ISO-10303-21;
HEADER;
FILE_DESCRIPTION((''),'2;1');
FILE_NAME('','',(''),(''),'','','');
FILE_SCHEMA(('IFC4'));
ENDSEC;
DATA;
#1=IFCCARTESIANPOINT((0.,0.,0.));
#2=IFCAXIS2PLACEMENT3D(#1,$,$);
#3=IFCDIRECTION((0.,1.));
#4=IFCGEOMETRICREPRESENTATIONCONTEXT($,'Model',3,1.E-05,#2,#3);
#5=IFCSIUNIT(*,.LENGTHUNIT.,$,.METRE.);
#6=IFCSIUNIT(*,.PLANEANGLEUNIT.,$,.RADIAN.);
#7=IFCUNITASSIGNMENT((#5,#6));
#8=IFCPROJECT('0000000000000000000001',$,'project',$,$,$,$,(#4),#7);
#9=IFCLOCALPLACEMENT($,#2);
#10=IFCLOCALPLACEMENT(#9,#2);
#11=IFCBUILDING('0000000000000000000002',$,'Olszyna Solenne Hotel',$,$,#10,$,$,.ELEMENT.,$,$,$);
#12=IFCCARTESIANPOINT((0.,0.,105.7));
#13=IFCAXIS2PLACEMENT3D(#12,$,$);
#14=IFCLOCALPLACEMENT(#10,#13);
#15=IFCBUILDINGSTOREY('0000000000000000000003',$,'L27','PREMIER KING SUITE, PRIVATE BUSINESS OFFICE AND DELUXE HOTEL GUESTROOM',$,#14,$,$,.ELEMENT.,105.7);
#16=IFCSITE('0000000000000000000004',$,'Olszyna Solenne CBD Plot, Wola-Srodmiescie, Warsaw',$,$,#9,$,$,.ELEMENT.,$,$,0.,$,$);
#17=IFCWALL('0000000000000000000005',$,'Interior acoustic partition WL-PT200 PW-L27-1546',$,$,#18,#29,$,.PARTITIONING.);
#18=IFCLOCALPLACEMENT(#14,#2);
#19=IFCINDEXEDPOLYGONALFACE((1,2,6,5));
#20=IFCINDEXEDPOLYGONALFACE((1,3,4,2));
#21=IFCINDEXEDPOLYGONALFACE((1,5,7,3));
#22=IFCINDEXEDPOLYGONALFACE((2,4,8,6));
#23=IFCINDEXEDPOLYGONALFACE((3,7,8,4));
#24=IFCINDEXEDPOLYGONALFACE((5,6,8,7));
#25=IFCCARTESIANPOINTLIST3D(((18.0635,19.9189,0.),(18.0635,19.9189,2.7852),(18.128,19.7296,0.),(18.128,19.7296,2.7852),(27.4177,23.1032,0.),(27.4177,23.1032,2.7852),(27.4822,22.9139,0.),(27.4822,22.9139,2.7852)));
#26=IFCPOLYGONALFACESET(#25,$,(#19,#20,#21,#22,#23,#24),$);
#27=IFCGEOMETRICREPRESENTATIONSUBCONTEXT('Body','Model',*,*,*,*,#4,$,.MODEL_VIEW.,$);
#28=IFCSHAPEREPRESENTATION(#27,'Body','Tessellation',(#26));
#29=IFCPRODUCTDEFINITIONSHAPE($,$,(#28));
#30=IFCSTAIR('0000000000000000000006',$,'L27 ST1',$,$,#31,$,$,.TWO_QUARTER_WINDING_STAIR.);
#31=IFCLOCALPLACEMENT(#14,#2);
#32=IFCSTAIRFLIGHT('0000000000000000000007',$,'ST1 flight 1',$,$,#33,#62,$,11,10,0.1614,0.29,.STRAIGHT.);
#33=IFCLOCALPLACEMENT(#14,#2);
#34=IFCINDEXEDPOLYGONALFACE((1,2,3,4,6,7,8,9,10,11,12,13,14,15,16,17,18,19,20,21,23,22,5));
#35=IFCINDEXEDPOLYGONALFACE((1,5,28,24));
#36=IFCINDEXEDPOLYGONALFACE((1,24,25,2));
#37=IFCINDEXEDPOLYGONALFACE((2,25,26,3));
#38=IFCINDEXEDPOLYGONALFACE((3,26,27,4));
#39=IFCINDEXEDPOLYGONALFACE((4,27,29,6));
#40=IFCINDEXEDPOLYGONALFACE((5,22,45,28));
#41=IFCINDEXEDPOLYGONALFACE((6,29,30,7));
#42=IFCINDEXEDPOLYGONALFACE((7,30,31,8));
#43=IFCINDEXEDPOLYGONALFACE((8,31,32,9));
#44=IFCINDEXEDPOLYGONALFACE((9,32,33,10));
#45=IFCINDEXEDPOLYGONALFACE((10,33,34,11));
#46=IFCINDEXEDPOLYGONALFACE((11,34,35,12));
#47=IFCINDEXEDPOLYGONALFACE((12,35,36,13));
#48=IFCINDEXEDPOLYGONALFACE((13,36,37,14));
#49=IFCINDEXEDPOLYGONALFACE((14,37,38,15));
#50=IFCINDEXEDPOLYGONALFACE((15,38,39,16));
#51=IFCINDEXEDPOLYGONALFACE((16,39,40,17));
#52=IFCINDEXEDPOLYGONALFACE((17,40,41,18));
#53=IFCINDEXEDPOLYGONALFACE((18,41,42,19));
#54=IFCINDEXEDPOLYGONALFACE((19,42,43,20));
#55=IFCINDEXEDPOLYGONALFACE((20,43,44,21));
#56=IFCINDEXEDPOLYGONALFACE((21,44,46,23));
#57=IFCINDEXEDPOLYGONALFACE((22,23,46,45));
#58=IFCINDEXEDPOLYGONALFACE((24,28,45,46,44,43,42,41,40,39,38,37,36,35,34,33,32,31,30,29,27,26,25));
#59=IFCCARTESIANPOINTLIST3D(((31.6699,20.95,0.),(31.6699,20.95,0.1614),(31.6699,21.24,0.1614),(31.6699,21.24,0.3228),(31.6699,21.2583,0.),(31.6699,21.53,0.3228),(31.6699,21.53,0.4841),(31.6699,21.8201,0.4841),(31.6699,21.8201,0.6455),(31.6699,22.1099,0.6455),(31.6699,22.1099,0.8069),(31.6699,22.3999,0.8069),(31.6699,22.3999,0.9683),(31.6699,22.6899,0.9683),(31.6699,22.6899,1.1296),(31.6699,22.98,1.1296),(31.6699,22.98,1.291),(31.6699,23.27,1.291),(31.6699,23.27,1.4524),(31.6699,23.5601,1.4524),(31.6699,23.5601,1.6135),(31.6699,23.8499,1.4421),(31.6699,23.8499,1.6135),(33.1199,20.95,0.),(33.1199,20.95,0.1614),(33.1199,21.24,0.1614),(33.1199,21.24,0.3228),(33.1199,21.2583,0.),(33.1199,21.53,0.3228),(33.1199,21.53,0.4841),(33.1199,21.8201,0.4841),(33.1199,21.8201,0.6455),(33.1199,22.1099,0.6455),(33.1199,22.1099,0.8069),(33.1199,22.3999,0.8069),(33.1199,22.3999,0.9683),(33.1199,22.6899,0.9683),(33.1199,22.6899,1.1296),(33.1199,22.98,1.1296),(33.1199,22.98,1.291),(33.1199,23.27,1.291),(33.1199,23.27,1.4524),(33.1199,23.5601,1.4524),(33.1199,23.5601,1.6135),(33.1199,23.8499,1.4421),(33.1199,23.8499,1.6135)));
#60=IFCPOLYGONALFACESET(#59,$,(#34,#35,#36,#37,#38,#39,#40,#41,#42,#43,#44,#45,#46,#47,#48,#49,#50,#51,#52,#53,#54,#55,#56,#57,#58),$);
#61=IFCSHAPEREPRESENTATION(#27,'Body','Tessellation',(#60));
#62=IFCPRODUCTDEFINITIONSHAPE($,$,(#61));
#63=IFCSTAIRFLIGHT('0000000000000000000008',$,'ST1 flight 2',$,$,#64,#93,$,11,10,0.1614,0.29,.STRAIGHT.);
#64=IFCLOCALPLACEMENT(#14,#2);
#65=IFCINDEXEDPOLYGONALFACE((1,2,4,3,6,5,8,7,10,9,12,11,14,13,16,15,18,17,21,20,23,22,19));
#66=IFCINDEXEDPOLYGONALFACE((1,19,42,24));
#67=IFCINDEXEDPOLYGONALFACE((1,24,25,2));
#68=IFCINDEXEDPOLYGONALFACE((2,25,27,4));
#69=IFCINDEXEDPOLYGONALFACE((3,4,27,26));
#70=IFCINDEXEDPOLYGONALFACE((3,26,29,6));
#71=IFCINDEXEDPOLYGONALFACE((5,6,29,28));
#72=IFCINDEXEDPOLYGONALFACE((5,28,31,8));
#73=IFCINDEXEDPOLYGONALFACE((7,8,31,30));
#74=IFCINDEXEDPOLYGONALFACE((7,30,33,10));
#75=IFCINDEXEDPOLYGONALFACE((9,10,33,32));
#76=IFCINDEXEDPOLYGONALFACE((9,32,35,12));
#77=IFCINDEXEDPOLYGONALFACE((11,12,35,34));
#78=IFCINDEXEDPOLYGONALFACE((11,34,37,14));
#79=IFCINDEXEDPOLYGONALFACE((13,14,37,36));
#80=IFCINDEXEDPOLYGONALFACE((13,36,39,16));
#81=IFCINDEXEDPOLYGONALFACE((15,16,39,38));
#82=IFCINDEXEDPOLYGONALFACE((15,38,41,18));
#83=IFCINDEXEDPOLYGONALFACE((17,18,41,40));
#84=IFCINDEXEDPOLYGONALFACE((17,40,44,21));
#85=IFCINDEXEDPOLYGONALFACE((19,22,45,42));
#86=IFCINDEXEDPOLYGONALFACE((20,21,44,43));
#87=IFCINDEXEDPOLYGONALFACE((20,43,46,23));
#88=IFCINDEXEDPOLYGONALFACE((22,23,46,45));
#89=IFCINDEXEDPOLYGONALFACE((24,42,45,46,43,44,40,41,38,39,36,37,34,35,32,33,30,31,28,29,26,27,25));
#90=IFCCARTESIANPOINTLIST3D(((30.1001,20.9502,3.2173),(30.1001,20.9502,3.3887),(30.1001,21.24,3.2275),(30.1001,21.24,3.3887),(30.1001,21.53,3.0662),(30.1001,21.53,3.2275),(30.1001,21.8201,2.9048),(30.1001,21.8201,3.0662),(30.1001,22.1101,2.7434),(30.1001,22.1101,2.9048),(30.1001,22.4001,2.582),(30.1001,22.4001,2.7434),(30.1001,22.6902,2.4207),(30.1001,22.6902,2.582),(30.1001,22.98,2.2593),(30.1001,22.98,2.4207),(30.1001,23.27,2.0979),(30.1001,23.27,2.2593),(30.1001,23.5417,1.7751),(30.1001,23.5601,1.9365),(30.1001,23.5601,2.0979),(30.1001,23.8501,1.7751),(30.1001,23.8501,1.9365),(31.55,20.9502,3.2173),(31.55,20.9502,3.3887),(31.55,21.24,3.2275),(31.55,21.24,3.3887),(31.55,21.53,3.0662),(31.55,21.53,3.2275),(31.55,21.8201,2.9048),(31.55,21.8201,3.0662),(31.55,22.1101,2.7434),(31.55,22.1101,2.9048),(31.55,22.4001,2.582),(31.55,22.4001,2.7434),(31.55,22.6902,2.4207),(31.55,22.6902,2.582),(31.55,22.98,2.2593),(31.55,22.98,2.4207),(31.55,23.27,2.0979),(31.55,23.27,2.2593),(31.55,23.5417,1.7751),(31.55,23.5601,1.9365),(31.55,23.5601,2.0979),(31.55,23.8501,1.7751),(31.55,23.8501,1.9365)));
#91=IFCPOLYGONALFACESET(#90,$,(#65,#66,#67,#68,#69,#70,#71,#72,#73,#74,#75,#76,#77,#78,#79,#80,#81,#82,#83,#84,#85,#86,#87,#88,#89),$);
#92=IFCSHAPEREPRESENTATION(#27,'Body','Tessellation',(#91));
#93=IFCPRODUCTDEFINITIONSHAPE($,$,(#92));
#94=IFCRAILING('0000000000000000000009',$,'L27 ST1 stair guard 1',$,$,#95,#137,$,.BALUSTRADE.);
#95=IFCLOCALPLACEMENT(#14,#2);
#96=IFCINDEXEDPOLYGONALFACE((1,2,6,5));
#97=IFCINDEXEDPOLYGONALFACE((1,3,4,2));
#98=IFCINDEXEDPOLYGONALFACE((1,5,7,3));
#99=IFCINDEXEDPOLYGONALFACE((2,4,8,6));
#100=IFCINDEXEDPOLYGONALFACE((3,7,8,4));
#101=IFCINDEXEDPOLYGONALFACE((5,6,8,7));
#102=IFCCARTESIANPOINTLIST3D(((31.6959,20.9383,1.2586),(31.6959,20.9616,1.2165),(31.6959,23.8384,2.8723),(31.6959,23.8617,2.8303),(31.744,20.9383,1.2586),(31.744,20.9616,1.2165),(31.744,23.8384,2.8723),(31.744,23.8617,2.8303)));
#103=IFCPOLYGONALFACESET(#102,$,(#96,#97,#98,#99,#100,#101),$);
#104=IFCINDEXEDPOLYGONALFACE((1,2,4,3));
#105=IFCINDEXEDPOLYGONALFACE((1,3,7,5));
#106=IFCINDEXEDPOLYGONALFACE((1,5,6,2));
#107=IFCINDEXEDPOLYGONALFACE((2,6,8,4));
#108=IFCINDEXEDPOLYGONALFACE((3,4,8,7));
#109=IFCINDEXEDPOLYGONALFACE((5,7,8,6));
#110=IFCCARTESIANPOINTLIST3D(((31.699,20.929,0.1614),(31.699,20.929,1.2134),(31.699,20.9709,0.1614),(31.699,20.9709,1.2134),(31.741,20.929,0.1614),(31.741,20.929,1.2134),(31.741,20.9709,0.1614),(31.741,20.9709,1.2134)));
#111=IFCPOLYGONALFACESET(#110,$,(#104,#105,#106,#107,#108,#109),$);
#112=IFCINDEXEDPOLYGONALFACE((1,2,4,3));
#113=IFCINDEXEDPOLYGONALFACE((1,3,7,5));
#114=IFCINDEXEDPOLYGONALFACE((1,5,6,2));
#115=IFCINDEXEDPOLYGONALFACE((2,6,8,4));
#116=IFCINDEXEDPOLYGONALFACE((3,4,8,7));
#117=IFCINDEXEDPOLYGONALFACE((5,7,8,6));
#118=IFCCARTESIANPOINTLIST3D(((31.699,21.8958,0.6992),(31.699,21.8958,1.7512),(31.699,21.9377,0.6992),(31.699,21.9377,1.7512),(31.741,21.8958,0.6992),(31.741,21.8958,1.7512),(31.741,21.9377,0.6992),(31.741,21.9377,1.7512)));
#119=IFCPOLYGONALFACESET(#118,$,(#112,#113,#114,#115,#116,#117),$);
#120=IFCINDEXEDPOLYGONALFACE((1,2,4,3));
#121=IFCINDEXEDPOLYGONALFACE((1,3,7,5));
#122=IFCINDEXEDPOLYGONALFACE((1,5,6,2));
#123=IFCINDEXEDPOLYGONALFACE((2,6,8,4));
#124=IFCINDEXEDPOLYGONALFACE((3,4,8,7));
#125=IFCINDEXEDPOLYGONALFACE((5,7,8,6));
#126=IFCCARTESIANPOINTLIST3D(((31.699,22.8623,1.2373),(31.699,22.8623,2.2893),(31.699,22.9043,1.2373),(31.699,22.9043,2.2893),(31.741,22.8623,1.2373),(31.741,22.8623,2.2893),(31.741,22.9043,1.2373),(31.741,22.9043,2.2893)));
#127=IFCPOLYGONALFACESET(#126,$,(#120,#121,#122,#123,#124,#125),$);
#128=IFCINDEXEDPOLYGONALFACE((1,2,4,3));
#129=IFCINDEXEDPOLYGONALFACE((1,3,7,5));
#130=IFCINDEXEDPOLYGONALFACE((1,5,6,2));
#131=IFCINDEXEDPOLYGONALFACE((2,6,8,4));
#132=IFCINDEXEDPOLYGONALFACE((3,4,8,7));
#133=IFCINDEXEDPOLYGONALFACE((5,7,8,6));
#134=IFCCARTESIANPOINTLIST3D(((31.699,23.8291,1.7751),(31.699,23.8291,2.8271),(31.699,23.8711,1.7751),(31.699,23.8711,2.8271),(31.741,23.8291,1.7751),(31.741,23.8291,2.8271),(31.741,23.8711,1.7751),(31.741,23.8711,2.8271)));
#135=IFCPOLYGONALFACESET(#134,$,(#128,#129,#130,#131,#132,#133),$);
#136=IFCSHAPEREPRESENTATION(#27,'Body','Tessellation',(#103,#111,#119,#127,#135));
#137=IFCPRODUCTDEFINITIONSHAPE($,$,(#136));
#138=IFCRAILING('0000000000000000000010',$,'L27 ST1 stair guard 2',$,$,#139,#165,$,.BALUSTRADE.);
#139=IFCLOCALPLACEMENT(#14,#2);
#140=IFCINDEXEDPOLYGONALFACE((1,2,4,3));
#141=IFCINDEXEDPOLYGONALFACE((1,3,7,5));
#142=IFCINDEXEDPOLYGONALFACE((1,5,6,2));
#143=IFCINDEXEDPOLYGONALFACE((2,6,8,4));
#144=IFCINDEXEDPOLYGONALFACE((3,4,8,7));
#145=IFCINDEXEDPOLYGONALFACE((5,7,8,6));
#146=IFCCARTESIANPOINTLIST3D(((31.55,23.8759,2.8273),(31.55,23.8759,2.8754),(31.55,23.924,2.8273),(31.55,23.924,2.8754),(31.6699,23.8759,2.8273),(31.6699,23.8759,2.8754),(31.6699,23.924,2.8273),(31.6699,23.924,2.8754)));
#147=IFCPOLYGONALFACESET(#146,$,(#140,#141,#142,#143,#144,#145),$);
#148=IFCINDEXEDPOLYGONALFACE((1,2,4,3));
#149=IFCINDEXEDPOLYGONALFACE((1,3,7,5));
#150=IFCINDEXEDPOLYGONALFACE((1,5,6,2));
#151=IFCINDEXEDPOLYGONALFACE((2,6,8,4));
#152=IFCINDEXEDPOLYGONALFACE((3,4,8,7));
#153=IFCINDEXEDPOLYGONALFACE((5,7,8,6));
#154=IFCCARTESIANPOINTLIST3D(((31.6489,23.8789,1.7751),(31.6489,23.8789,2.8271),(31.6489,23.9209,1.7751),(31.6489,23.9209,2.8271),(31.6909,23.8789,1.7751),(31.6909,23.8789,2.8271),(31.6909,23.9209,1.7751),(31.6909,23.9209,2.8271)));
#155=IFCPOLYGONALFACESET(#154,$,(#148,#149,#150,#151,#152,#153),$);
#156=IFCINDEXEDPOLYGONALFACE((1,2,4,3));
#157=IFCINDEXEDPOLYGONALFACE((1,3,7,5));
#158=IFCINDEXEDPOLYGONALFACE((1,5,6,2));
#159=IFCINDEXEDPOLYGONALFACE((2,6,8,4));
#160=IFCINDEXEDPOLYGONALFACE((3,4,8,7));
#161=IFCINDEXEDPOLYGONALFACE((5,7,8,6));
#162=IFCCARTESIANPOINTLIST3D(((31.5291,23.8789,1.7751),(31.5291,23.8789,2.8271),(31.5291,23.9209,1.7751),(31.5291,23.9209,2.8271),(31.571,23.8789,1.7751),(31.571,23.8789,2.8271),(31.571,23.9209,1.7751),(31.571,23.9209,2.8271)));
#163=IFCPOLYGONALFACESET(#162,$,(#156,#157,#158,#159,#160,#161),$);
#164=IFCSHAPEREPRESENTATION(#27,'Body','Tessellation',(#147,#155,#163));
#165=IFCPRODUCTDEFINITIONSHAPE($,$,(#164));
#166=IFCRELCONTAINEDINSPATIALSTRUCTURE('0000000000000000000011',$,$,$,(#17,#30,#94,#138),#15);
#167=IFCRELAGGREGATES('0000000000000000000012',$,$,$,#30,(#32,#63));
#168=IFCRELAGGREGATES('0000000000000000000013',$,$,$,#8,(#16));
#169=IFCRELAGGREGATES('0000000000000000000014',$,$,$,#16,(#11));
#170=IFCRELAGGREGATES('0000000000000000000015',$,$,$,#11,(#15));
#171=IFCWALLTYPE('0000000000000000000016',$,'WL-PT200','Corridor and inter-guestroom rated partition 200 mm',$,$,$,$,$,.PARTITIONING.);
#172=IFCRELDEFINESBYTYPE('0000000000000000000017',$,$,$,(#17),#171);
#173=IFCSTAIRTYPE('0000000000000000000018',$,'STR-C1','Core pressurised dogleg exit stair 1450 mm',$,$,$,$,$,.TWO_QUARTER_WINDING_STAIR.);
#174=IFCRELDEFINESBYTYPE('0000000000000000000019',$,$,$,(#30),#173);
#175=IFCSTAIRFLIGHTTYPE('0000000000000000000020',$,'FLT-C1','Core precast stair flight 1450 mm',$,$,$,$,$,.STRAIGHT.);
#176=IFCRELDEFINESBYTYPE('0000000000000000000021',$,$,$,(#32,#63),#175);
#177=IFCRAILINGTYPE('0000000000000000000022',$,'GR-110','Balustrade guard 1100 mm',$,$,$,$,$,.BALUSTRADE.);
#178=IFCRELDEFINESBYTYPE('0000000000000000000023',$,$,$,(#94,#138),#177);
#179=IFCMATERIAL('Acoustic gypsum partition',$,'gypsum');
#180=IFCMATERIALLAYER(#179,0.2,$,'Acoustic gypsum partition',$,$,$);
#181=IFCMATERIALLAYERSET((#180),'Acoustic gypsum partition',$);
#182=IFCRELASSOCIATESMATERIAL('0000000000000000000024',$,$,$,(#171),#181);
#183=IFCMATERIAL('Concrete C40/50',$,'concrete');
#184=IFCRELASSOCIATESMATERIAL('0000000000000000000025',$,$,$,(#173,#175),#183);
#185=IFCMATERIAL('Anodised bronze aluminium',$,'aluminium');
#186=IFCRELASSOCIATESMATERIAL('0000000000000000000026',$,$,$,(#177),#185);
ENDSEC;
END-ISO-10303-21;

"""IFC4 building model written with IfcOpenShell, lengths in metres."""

from ifc_helpers import new_model, si_unit, direction, frame, frame_2d, origin, origin_2d, place, context, subcontext, project, spatial, polyline, rectangle, outline, extrude, material, layer, layer_set, type_object, element, aggregate, save


model = new_model("IFC4")

# Units and contexts
model_context = context("Model", 3, precision=1e-05, world=origin(), true_north=direction((0.0, 1.0)))
body_context = subcontext(model_context, "Body", "Model", "MODEL_VIEW")
ifc_project = project(units=[si_unit("LENGTHUNIT", "METRE"), si_unit("PLANEANGLEUNIT", "RADIAN")], contexts=[model_context])

# Site, building, storey
site_placement = place(None, origin())
site = spatial("IfcSite", under=ifc_project, at=site_placement, Name="Olszyna Solenne CBD Plot, Wola-Srodmiescie, Warsaw", CompositionType="ELEMENT", RefElevation=0.0)
building_placement = place(site_placement, origin())
building = spatial("IfcBuilding", under=site, at=building_placement, Name="Olszyna Solenne Hotel", CompositionType="ELEMENT")
storey_placement = place(building_placement, frame((0.0, 0.0, 105.7)))
storey = spatial("IfcBuildingStorey", under=building, at=storey_placement, Name="L27", Description="PREMIER KING SUITE, PRIVATE BUSINESS OFFICE AND DELUXE HOTEL GUESTROOM", CompositionType="ELEMENT", Elevation=105.7)

# Shared definitions
ifc_material_1 = material(Name="Anodised bronze aluminium", Category="aluminium")

# Shared definitions
ifc_material_2 = material(Name="Acoustic gypsum partition", Category="gypsum")

# Wall
ifc_layer_1 = layer(ifc_material_2, 0.2, Name="Acoustic gypsum partition")
ifc_layer_set_1 = layer_set([ifc_layer_1], Name="Acoustic gypsum partition")
wall_type_1 = type_object("IfcWallType", Name="WL-PT200", Description="Corridor and inter-guestroom rated partition 200 mm", PredefinedType="PARTITIONING", material=ifc_layer_set_1)
wall_1_placement = place(storey_placement, frame((27.45, 23.0085, 0.0), z_axis=(0.0, 0.0, 1.0), x_axis=(-0.946653, -0.322255, 0.0)))
element("IfcWall", 1, at=wall_1_placement, inside=storey, type_object=wall_type_1, Name="Interior acoustic partition WL-PT200 PW-L27-1546", PredefinedType="PARTITIONING", context=body_context, shape_type="SweptSolid", body=[
    extrude(rectangle(XDim=9.8813, YDim=0.2, at=frame_2d((4.9407, 0.0))), origin(), (0.0, 0.0, 1.0), 2.7852),
])

# Stair, stair flights
ifc_material_3 = material(Name="Concrete C40/50", Category="concrete")
stair_type = type_object("IfcStairType", Name="STR-C1", Description="Core pressurised dogleg exit stair 1450 mm", PredefinedType="TWO_QUARTER_WINDING_STAIR", material=ifc_material_3)
stair_placement = place(storey_placement, origin())
stair = element("IfcStair", 2, at=stair_placement, inside=storey, type_object=stair_type, Name="L27 ST1", PredefinedType="TWO_QUARTER_WINDING_STAIR")
stair_flight_type = type_object("IfcStairFlightType", Name="FLT-C1", Description="Core precast stair flight 1450 mm", PredefinedType="STRAIGHT", material=ifc_material_3)
stair_flight_1_placement = place(storey_placement, frame((32.395, 20.95, 0.0), z_axis=(0.0, 0.0, 1.0), x_axis=(0.0, 1.0, 0.0)))
stair_flight_1 = element("IfcStairFlight", 3, at=stair_flight_1_placement, type_object=stair_flight_type, Name="ST1 flight 1", NumberOfRisers=11, NumberOfTreads=10, PredefinedType="STRAIGHT", RiserHeight=0.1614, TreadLength=0.29, context=body_context, shape_type="SweptSolid", body=[
    extrude(outline(polyline([(0.0, 0.0), (0.0, 0.1614), (0.29, 0.1614), (0.29, 0.3228), (0.5801, 0.3228), (0.5801, 0.4841), (0.8701, 0.4841), (0.8701, 0.6455), (1.1599, 0.6455), (1.1599, 0.8069), (1.45, 0.8069), (1.45, 0.9683), (1.74, 0.9683), (1.74, 1.1296), (2.03, 1.1296), (2.03, 1.291), (2.3201, 1.291), (2.3201, 1.4524), (2.6101, 1.4524), (2.6101, 1.6135), (2.8999, 1.6135), (2.8999, 1.7749), (2.8999, 1.4421), (0.3083, 0.0), (0.0, 0.0)])), frame((0.0, 0.7251, 0.0), z_axis=(0.0, -1.0, 0.0), x_axis=(1.0, 0.0, 0.0)), (0.0, 0.0, 1.0), 1.45),
])
stair_flight_2_placement = place(storey_placement, frame((30.825, 23.8501, 1.7751), z_axis=(0.0, 0.0, 1.0), x_axis=(0.0, -1.0, 0.0)))
stair_flight_2 = element("IfcStairFlight", 4, at=stair_flight_2_placement, type_object=stair_flight_type, Name="ST1 flight 2", NumberOfRisers=11, NumberOfTreads=10, PredefinedType="STRAIGHT", RiserHeight=0.1614, TreadLength=0.29, context=body_context, shape_type="SweptSolid", body=[
    extrude(outline(polyline([(0.0, 0.0), (0.0, 0.1614), (0.29, 0.1614), (0.29, 0.3228), (0.5801, 0.3228), (0.5801, 0.4841), (0.8701, 0.4841), (0.8701, 0.6455), (1.1599, 0.6455), (1.1599, 0.8069), (1.45, 0.8069), (1.45, 0.9683), (1.74, 0.9683), (1.74, 1.1296), (2.03, 1.1296), (2.03, 1.291), (2.3201, 1.291), (2.3201, 1.4524), (2.6101, 1.4524), (2.6101, 1.6135), (2.8999, 1.6135), (2.8999, 1.7749), (2.8999, 1.4421), (0.3083, 0.0), (0.0, 0.0)])), frame((0.0, 0.7251, 0.0), z_axis=(0.0, -1.0, 0.0), x_axis=(1.0, 0.0, 0.0)), (0.0, 0.0, 1.0), 1.45),
])
aggregate(stair, [stair_flight_1, stair_flight_2])

# Railings
railing_type_1 = type_object("IfcRailingType", Name="GR-110", Description="Balustrade guard 1100 mm", PredefinedType="BALUSTRADE", material=ifc_material_1)
railing_1_placement = place(storey_placement, frame((31.72, 20.95, 0.1614)))
element("IfcRailing", 5, at=railing_1_placement, inside=storey, type_object=railing_type_1, Name="L27 ST1 stair guard 1", PredefinedType="BALUSTRADE", context=body_context, shape_type="SweptSolid", body=[
    extrude(rectangle(XDim=0.0481, YDim=0.0481, at=origin_2d()), frame((0.0, 0.0, 1.0762), z_axis=(0.0, 0.873827, 0.486236), x_axis=(-1.0, 0.0, 0.0)), (0.0, 0.0, 1.0), 3.3188),
    extrude(rectangle(XDim=0.042, YDim=0.042, at=origin_2d()), origin(), (0.0, 0.0, 1.0), 1.052),
    extrude(rectangle(XDim=0.042, YDim=0.042, at=origin_2d()), frame((0.0, 0.9668, 0.5378)), (0.0, 0.0, 1.0), 1.052),
    extrude(rectangle(XDim=0.042, YDim=0.042, at=origin_2d()), frame((0.0, 1.9333, 1.0759)), (0.0, 0.0, 1.0), 1.052),
    extrude(rectangle(XDim=0.042, YDim=0.042, at=origin_2d()), frame((0.0, 2.9001, 1.6138)), (0.0, 0.0, 1.0), 1.052),
])
railing_2_placement = place(storey_placement, frame((31.6699, 23.8999, 1.7751)))
element("IfcRailing", 6, at=railing_2_placement, inside=storey, type_object=railing_type_1, Name="L27 ST1 stair guard 2", PredefinedType="BALUSTRADE", context=body_context, shape_type="SweptSolid", body=[
    extrude(rectangle(XDim=0.0481, YDim=0.0481, at=origin_2d()), frame((0.0, 0.0, 1.0762), z_axis=(-1.0, 0.0, 0.0), x_axis=(0.0, -1.0, 0.0)), (0.0, 0.0, 1.0), 0.1199),
    extrude(rectangle(XDim=0.042, YDim=0.042, at=origin_2d()), origin(), (0.0, 0.0, 1.0), 1.052),
    extrude(rectangle(XDim=0.042, YDim=0.042, at=origin_2d()), frame((-0.1199, 0.0, 0.0)), (0.0, 0.0, 1.0), 1.052),
])

save(model, "model.ifc")
